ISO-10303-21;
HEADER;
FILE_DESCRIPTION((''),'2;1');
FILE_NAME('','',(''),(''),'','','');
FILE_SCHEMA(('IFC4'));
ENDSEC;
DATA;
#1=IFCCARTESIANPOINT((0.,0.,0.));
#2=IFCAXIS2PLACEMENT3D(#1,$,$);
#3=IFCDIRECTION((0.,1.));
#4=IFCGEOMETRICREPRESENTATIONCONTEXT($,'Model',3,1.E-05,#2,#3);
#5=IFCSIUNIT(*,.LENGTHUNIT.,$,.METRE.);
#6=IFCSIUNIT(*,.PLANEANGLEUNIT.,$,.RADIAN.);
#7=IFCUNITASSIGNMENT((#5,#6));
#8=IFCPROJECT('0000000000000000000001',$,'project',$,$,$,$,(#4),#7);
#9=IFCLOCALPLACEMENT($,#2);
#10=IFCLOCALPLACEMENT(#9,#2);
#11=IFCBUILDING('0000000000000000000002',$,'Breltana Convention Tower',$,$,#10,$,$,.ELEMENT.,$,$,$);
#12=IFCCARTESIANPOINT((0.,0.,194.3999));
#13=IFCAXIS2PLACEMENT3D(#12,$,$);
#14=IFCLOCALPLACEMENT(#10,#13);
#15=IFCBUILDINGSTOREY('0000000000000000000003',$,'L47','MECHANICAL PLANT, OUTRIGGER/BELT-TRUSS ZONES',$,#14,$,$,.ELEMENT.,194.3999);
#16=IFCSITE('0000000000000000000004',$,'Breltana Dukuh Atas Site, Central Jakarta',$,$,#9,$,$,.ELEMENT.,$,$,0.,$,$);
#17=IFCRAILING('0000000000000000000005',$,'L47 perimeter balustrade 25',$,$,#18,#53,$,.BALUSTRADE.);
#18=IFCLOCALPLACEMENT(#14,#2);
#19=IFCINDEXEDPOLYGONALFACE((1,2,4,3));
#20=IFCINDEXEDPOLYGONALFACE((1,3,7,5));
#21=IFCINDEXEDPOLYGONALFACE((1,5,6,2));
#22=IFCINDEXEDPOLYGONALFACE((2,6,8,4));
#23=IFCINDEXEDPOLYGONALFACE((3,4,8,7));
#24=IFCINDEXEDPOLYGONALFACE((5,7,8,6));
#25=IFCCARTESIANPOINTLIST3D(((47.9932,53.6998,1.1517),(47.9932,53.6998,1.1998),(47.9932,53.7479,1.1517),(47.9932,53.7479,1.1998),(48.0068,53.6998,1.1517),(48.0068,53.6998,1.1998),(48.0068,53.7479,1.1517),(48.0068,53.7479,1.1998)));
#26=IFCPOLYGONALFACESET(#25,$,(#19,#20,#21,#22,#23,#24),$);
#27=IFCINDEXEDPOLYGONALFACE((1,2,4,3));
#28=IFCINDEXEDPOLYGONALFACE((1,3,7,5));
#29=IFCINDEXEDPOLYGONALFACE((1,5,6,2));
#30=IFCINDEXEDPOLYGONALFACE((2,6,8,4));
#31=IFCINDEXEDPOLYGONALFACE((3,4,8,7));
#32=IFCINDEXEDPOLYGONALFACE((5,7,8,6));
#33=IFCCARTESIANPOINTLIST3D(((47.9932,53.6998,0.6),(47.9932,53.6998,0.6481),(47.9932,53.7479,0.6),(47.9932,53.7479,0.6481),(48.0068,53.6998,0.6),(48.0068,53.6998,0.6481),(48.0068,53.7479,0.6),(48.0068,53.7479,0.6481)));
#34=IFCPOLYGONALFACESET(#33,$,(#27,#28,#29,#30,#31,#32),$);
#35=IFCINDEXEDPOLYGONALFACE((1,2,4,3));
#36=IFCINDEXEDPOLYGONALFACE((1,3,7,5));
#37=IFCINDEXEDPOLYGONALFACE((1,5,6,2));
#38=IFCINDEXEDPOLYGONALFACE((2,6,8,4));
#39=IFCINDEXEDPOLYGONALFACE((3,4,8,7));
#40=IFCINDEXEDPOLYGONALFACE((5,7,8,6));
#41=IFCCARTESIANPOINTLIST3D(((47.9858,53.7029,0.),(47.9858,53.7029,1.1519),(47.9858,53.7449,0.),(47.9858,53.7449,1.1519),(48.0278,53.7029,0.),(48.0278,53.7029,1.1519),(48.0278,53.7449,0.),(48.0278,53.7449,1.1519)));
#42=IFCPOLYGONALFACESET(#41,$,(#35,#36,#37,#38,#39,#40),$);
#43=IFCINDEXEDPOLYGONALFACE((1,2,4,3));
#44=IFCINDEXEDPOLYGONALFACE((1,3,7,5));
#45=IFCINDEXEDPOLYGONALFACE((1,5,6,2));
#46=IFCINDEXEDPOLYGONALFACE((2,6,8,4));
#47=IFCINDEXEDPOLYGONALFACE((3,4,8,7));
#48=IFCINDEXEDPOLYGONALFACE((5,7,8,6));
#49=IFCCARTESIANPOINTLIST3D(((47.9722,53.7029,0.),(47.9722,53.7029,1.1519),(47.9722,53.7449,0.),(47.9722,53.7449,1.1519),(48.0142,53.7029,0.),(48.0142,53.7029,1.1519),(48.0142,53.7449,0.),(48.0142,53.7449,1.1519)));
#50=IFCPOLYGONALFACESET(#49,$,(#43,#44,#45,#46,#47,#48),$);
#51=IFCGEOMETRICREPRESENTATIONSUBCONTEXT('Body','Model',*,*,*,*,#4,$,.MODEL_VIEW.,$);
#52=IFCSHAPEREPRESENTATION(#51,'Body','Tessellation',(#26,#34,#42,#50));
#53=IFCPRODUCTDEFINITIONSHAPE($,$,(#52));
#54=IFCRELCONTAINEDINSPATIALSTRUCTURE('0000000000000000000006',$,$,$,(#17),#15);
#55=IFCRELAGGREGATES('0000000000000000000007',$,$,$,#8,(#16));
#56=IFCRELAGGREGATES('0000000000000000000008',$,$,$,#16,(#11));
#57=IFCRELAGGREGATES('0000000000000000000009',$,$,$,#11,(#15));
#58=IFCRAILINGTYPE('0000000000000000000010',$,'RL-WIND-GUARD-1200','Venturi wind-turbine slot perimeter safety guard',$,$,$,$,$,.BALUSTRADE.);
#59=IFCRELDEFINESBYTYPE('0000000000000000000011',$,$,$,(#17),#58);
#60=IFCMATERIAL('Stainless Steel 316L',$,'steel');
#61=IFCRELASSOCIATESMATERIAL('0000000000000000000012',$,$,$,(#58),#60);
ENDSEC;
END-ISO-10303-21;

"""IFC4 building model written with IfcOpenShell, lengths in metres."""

from ifc_helpers import new_model, si_unit, direction, frame, origin, origin_2d, place, context, subcontext, project, spatial, rectangle, extrude, material, type_object, element, save


model = new_model("IFC4")

# Units and contexts
model_context = context("Model", 3, precision=1e-05, world=origin(), true_north=direction((0.0, 1.0)))
body_context = subcontext(model_context, "Body", "Model", "MODEL_VIEW")
ifc_project = project(units=[si_unit("LENGTHUNIT", "METRE"), si_unit("PLANEANGLEUNIT", "RADIAN")], contexts=[model_context])

# Site, building, storey
site_placement = place(None, origin())
site = spatial("IfcSite", under=ifc_project, at=site_placement, Name="Breltana Dukuh Atas Site, Central Jakarta", CompositionType="ELEMENT", RefElevation=0.0)
building_placement = place(site_placement, origin())
building = spatial("IfcBuilding", under=site, at=building_placement, Name="Breltana Convention Tower", CompositionType="ELEMENT")
storey_placement = place(building_placement, frame((0.0, 0.0, 194.3999)))
storey = spatial("IfcBuildingStorey", under=building, at=storey_placement, Name="L47", Description="MECHANICAL PLANT, OUTRIGGER/BELT-TRUSS ZONES", CompositionType="ELEMENT", Elevation=194.3999)

# Railing
ifc_material_1 = material(Name="Stainless Steel 316L", Category="steel")
railing_type = type_object("IfcRailingType", Name="RL-WIND-GUARD-1200", Description="Venturi wind-turbine slot perimeter safety guard", PredefinedType="BALUSTRADE", material=ifc_material_1)
railing_1_placement = place(storey_placement, frame((48.0068, 53.7239, 0.0)))
element("IfcRailing", 1, at=railing_1_placement, inside=storey, type_object=railing_type, Name="L47 perimeter balustrade 25", PredefinedType="BALUSTRADE", context=body_context, shape_type="SweptSolid", body=[
    extrude(rectangle(XDim=0.0481, YDim=0.0481, at=origin_2d()), frame((0.0, 0.0, 1.1758), z_axis=(-1.0, 0.0, 0.0), x_axis=(0.0, -1.0, 0.0)), (0.0, 0.0, 1.0), 0.0137),
    extrude(rectangle(XDim=0.0481, YDim=0.0481, at=origin_2d()), frame((0.0, 0.0, 0.624), z_axis=(-1.0, 0.0, 0.0), x_axis=(0.0, -1.0, 0.0)), (0.0, 0.0, 1.0), 0.0137),
    extrude(rectangle(XDim=0.042, YDim=0.042, at=origin_2d()), origin(), (0.0, 0.0, 1.0), 1.1519),
    extrude(rectangle(XDim=0.042, YDim=0.042, at=origin_2d()), frame((-0.0137, 0.0, 0.0)), (0.0, 0.0, 1.0), 1.1519),
])

save(model, "model.ifc")
